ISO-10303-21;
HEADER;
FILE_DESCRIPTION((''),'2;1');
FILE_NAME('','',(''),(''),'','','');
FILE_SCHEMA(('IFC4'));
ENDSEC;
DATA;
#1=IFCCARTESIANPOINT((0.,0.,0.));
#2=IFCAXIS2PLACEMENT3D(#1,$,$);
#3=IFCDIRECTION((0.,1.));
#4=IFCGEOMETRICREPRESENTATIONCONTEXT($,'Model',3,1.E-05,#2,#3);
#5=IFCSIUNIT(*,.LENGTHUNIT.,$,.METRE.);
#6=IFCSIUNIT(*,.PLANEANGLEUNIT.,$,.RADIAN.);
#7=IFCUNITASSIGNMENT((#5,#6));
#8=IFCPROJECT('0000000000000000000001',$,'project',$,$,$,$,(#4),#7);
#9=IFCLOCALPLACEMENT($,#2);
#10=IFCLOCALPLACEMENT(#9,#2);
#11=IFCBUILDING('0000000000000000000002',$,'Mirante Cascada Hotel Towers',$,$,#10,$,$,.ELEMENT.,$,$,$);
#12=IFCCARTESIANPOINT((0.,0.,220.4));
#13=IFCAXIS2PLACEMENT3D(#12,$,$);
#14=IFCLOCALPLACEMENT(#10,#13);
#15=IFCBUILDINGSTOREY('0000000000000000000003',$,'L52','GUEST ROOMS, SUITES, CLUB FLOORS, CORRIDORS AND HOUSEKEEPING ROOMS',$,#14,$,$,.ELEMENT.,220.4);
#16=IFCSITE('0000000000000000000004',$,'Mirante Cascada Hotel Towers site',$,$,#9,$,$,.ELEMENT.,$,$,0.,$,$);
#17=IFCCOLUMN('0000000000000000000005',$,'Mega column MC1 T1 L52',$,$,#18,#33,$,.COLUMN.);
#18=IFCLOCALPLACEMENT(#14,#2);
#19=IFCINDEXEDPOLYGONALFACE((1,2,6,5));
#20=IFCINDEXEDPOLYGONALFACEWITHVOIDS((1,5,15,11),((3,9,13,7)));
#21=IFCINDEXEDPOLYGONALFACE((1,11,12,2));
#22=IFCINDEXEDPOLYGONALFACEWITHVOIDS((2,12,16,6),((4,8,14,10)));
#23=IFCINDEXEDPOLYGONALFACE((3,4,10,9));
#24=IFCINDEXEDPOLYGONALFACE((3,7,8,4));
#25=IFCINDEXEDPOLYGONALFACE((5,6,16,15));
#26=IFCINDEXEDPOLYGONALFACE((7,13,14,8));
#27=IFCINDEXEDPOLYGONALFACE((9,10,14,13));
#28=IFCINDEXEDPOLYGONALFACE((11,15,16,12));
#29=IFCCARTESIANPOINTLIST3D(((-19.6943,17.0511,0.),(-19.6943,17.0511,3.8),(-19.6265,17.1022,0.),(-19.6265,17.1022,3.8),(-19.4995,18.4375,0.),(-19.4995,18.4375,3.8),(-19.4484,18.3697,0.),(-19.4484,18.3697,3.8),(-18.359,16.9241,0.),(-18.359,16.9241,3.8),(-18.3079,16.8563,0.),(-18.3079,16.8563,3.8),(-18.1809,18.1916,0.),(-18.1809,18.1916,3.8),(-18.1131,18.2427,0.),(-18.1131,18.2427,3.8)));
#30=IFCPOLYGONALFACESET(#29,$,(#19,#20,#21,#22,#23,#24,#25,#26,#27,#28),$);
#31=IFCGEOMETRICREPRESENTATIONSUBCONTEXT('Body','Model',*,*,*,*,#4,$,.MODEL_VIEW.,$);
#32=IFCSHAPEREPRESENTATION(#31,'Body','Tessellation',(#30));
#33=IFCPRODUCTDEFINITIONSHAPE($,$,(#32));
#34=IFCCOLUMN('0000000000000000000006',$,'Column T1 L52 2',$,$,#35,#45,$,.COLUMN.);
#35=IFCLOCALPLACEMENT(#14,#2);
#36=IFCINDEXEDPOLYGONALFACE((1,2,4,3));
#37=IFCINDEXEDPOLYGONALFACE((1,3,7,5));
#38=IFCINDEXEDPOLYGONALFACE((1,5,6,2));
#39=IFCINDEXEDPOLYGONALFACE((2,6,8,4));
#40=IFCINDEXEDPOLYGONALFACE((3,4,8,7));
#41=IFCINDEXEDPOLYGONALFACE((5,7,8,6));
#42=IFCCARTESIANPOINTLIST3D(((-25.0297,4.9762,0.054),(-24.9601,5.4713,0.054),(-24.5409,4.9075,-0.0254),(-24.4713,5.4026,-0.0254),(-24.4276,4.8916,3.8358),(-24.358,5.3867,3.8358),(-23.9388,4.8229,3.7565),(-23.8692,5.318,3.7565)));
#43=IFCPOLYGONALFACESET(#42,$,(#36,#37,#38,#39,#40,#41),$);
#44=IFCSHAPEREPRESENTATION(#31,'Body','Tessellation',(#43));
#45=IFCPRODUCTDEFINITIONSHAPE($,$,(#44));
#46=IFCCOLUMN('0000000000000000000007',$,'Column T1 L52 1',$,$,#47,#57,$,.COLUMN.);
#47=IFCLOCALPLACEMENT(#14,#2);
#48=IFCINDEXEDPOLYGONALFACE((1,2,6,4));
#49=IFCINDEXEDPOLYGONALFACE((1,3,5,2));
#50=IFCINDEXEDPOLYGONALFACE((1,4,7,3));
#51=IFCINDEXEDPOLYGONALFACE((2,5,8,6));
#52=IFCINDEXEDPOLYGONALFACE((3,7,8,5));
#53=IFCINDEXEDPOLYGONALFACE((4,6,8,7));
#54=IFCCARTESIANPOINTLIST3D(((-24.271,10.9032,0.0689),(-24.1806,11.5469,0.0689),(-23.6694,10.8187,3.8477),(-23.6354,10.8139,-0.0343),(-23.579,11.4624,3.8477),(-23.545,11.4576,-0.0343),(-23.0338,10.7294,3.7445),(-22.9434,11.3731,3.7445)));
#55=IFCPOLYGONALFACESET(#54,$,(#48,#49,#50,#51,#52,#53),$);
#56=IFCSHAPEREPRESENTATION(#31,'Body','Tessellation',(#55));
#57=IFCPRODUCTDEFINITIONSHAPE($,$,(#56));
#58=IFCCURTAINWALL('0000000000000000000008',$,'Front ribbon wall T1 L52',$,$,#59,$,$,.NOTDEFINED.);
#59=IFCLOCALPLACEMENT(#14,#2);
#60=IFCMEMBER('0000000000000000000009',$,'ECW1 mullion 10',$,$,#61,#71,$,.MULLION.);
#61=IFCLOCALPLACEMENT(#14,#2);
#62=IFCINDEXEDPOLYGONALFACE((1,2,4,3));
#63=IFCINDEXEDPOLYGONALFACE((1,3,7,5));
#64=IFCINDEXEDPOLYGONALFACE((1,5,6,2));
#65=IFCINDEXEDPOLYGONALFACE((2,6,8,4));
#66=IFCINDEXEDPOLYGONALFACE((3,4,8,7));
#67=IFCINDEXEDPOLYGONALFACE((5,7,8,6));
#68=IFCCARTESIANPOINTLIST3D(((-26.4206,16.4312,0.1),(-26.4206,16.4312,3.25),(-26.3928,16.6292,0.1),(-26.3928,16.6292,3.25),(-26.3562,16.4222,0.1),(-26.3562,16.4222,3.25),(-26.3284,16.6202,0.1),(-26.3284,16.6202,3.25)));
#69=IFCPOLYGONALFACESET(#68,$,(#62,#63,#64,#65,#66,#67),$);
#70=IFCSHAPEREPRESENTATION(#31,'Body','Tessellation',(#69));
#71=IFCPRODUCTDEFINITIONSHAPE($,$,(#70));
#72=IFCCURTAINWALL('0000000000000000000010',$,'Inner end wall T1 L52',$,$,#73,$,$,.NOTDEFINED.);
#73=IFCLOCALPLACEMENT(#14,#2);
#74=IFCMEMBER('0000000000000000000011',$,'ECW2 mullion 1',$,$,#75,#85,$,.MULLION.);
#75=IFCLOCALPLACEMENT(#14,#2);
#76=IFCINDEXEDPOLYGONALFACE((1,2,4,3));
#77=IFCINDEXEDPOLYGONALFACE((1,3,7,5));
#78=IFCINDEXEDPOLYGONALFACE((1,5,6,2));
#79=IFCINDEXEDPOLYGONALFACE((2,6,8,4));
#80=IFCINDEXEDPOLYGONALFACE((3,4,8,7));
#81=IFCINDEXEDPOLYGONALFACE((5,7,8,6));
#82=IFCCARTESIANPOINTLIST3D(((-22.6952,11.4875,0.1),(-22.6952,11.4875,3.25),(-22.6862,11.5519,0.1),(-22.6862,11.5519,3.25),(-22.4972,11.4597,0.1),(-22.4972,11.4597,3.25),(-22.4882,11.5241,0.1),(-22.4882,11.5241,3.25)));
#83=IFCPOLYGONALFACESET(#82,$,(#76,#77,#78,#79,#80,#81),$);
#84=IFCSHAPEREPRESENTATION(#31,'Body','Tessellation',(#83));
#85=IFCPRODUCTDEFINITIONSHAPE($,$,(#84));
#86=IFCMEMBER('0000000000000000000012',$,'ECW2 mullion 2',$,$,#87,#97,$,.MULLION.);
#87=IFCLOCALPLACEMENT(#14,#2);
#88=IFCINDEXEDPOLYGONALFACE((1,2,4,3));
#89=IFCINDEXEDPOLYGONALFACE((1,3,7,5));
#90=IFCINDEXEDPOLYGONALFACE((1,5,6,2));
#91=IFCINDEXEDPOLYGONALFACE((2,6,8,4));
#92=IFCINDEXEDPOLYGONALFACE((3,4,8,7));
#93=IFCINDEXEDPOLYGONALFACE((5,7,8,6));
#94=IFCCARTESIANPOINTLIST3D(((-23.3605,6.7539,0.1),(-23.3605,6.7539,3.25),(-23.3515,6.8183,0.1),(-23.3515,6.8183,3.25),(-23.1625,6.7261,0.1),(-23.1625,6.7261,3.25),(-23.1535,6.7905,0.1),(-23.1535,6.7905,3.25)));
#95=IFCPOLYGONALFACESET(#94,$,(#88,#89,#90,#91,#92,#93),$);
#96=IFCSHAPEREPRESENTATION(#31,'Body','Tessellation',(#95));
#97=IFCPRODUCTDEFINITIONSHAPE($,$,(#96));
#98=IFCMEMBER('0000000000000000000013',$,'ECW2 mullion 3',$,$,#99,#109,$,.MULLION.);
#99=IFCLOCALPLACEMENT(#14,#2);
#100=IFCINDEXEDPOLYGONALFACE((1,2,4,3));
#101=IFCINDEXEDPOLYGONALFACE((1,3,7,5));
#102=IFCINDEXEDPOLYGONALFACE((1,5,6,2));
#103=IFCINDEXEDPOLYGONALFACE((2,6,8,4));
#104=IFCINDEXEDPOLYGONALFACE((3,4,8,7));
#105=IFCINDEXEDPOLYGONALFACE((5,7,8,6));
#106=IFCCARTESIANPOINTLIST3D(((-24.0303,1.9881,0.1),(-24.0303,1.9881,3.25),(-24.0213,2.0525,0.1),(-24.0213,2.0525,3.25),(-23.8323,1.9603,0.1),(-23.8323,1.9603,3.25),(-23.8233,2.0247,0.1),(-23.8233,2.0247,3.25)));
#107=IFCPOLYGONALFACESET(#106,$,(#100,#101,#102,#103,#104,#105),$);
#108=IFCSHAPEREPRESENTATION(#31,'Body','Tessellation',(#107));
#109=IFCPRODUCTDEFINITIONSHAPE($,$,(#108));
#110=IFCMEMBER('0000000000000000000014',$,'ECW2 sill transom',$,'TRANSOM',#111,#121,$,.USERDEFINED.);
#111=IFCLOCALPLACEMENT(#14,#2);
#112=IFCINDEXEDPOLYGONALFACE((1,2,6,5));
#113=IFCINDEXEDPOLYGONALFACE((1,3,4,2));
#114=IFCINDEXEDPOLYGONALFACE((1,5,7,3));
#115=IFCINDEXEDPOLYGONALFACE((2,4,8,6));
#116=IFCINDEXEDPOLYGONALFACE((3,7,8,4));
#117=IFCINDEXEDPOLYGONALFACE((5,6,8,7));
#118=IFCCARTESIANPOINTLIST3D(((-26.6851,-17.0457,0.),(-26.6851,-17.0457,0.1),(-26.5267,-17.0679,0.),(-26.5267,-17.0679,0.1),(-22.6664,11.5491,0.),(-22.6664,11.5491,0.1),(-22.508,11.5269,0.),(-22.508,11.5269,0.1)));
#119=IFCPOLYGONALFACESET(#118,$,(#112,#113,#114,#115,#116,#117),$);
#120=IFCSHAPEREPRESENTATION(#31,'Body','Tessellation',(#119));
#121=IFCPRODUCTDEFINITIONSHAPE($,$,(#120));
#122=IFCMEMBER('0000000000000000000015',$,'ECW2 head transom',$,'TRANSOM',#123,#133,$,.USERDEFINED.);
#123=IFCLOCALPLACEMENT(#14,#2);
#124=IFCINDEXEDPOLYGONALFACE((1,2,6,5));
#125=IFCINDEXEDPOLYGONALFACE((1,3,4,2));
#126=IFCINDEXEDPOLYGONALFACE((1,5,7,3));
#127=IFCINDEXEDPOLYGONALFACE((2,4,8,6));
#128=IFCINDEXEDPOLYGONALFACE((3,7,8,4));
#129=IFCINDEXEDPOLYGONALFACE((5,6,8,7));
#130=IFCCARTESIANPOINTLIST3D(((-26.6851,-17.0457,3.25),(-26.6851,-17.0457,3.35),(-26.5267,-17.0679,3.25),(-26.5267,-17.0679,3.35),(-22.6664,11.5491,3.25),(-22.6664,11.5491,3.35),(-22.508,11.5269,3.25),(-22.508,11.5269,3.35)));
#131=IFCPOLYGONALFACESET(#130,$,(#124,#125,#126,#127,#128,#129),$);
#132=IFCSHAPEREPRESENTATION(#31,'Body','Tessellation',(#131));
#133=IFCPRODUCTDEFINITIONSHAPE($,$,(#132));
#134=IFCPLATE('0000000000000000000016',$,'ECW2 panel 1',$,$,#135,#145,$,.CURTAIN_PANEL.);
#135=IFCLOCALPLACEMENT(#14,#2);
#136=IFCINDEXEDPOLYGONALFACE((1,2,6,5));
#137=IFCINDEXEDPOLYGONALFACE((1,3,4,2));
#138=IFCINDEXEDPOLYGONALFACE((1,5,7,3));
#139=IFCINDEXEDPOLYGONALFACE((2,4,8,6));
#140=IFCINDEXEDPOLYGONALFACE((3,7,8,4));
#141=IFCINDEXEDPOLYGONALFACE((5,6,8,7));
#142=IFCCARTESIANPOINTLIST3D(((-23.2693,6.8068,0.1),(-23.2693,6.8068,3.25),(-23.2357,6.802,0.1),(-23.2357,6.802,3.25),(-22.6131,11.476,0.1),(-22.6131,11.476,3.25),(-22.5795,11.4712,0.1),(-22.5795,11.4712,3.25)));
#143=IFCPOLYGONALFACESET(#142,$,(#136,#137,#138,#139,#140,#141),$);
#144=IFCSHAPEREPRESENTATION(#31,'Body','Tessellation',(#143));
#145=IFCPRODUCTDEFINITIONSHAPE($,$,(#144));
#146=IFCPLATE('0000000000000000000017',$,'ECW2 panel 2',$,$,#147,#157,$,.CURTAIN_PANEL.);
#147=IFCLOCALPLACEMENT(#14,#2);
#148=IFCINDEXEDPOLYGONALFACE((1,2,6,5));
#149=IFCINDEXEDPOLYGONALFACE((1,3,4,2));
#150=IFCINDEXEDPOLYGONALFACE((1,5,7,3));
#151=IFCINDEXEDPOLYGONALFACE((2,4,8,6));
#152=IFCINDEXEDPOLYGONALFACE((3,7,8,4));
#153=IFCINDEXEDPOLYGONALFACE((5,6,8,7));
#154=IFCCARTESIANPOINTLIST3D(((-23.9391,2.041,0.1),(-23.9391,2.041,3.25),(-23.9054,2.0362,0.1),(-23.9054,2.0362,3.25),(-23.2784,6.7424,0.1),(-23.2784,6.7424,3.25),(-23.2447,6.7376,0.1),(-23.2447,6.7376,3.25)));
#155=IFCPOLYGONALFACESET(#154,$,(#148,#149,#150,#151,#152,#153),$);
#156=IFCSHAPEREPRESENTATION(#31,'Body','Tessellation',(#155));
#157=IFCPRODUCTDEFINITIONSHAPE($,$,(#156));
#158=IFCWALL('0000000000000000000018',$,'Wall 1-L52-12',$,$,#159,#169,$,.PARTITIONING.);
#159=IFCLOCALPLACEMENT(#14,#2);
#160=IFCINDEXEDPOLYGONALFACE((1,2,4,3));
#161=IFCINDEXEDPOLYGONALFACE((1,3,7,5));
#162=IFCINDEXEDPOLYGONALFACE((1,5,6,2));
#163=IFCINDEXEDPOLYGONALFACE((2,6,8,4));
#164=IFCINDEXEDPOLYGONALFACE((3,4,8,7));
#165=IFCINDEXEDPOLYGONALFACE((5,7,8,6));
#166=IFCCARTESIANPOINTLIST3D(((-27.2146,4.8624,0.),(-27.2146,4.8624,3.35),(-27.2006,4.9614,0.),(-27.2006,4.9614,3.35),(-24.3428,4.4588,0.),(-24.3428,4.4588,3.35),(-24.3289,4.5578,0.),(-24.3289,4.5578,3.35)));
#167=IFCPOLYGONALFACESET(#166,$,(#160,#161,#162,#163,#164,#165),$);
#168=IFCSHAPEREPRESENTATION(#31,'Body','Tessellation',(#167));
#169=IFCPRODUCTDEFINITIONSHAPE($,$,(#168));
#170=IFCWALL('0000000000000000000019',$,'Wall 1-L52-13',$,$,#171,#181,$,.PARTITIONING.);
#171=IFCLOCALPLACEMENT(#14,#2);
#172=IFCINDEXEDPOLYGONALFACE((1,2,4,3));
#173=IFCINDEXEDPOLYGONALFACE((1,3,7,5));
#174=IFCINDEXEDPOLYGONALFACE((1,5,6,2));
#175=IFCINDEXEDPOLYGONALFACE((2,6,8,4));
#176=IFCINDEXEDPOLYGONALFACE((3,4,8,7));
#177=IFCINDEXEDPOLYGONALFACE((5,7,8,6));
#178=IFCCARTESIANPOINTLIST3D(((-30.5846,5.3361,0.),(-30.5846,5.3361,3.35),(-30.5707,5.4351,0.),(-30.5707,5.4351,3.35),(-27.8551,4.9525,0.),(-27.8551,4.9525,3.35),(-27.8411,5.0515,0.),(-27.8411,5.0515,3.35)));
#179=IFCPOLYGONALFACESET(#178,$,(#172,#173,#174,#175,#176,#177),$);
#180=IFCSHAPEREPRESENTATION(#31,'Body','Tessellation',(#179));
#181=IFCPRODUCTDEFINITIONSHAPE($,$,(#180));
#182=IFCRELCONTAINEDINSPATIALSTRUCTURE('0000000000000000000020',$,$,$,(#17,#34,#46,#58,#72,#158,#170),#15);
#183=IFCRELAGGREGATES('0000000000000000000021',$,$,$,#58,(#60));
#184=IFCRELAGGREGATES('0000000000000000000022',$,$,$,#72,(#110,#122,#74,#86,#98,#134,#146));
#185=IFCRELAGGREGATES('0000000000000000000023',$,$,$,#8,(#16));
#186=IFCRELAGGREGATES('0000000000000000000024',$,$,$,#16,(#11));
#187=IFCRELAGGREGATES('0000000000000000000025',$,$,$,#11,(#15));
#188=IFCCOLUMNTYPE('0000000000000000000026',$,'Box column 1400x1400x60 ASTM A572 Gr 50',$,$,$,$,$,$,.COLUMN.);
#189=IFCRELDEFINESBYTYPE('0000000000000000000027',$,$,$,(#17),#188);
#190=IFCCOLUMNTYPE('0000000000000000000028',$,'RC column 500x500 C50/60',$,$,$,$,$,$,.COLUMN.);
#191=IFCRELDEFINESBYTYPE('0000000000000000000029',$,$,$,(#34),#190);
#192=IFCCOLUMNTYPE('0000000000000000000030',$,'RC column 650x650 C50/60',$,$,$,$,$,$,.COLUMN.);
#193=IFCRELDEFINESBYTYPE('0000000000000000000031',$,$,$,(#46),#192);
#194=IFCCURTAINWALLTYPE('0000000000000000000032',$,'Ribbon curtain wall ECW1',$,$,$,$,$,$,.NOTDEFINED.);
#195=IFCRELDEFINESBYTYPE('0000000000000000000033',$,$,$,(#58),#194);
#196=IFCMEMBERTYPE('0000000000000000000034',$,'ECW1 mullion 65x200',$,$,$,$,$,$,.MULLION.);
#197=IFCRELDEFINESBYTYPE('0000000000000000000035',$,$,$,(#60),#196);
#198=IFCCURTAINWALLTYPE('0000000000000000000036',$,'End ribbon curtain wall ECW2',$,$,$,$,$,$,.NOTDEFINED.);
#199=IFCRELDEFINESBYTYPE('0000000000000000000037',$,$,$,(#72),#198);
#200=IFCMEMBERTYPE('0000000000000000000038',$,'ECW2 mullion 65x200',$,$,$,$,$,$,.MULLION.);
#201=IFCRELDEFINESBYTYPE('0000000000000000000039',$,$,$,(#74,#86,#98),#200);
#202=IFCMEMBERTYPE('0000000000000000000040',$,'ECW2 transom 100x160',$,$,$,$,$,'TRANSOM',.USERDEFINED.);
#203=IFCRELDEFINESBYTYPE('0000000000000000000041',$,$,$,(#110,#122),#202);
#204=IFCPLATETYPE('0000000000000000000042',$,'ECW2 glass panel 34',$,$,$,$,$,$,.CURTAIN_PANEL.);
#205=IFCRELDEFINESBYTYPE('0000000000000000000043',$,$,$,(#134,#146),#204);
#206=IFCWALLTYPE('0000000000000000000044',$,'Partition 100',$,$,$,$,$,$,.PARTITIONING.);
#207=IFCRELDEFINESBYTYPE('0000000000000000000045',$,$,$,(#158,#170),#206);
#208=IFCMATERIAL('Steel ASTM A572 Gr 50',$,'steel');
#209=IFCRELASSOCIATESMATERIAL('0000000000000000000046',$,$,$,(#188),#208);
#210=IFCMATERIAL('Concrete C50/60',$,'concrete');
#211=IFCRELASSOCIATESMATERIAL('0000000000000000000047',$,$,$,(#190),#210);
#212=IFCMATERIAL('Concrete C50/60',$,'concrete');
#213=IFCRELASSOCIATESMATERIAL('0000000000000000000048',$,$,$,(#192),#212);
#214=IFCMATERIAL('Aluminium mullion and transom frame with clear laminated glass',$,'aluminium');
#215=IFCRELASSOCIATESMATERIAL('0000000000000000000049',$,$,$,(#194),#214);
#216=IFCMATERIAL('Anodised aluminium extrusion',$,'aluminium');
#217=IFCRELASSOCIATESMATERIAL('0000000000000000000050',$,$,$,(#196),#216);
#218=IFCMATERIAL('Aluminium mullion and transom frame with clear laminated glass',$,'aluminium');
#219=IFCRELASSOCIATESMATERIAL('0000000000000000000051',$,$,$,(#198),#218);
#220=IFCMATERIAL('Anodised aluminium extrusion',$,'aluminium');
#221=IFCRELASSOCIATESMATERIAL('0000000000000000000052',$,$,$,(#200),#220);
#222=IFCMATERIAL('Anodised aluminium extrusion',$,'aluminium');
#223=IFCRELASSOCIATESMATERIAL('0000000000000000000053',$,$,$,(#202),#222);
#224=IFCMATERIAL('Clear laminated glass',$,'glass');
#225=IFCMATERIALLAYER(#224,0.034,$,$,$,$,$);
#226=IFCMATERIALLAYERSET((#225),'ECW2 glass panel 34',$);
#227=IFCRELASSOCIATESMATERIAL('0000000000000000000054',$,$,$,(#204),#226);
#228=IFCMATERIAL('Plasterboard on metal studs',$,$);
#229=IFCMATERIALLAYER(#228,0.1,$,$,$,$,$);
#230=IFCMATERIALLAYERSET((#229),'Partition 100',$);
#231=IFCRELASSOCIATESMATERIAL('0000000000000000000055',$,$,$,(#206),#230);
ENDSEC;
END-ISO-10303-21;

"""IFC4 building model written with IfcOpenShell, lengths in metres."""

from ifc_helpers import new_model, si_unit, direction, frame, frame_2d, origin, origin_2d, place, context, subcontext, project, spatial, rectangle, hollow_rectangle, extrude, material, layer, layer_set, material_profile, profile_set, type_object, element, aggregate, save


model = new_model("IFC4")

# Units and contexts
model_context = context("Model", 3, precision=1e-05, world=origin(), true_north=direction((0.0, 1.0)))
body_context = subcontext(model_context, "Body", "Model", "MODEL_VIEW")
ifc_project = project(units=[si_unit("LENGTHUNIT", "METRE"), si_unit("PLANEANGLEUNIT", "RADIAN")], contexts=[model_context])

# Site, building, storey
site_placement = place(None, origin())
site = spatial("IfcSite", under=ifc_project, at=site_placement, Name="Mirante Cascada Hotel Towers site", CompositionType="ELEMENT", RefElevation=0.0)
building_placement = place(site_placement, origin())
building = spatial("IfcBuilding", under=site, at=building_placement, Name="Mirante Cascada Hotel Towers", CompositionType="ELEMENT")
storey_placement = place(building_placement, frame((0.0, 0.0, 220.4)))
storey = spatial("IfcBuildingStorey", under=building, at=storey_placement, Name="L52", Description="GUEST ROOMS, SUITES, CLUB FLOORS, CORRIDORS AND HOUSEKEEPING ROOMS", CompositionType="ELEMENT", Elevation=220.4)

# Columns
ifc_material_1 = material(Name="Steel ASTM A572 Gr 50", Category="steel")
ifc_material_profile_1 = material_profile(ifc_material_1, hollow_rectangle(XDim=1.4, YDim=1.4, WallThickness=0.06, at=origin_2d()), Name="Box column 1400x1400x60 ASTM A572 Gr 50")
ifc_profile_set_1 = profile_set([ifc_material_profile_1], Name="Steel ASTM A572 Gr 50")
column_type_1 = type_object("IfcColumnType", Name="Box column 1400x1400x60 ASTM A572 Gr 50", PredefinedType="COLUMN", material=ifc_profile_set_1)
column_1_placement = place(storey_placement, frame((-18.9037, 17.6469, 0.0), z_axis=(0.0, 0.0, 1.0), x_axis=(-0.990268, 0.139173, 0.0)))
element("IfcColumn", 1, at=column_1_placement, inside=storey, type_object=column_type_1, Name="Mega column MC1 T1 L52", PredefinedType="COLUMN", context=body_context, shape_type="SweptSolid", body=[
    extrude(hollow_rectangle(XDim=1.4, YDim=1.4, WallThickness=0.06, at=origin_2d()), origin(), (0.0, 0.0, 1.0), 3.8),
])
ifc_material_2 = material(Name="Concrete C50/60", Category="concrete")
ifc_material_profile_2 = material_profile(ifc_material_2, rectangle(XDim=0.5, YDim=0.5, at=origin_2d()), Name="RC column 500x500 C50/60")
ifc_profile_set_2 = profile_set([ifc_material_profile_2], Name="Concrete C50/60")
column_type_2 = type_object("IfcColumnType", Name="RC column 500x500 C50/60", PredefinedType="COLUMN", material=ifc_profile_set_2)
column_2_placement = place(storey_placement, frame((-24.7505, 5.1894, 0.0143), z_axis=(0.157191, -0.022087, 0.987321), x_axis=(0.139141, 0.990272, 0.0)))
element("IfcColumn", 2, at=column_2_placement, inside=storey, type_object=column_type_2, Name="Column T1 L52 2", PredefinedType="COLUMN", context=body_context, shape_type="SweptSolid", body=[
    extrude(rectangle(XDim=0.5, YDim=0.5, at=origin_2d()), origin(), (0.0, 0.0, 1.0), 3.8304),
])
ifc_material_3 = material(Name="Concrete C50/60", Category="concrete")
ifc_material_profile_3 = material_profile(ifc_material_3, rectangle(XDim=0.65, YDim=0.65, at=origin_2d()), Name="RC column 650x650 C50/60")
ifc_profile_set_3 = profile_set([ifc_material_profile_3], Name="Concrete C50/60")
column_type_3 = type_object("IfcColumnType", Name="RC column 650x650 C50/60", PredefinedType="COLUMN", material=ifc_profile_set_3)
column_3_placement = place(storey_placement, frame((-23.908, 11.1804, 0.0173), z_axis=(0.157186, -0.022078, 0.987322), x_axis=(0.139093, 0.990279, 0.0)))
element("IfcColumn", 3, at=column_3_placement, inside=storey, type_object=column_type_3, Name="Column T1 L52 1", PredefinedType="COLUMN", context=body_context, shape_type="SweptSolid", body=[
    extrude(rectangle(XDim=0.65, YDim=0.65, at=origin_2d()), origin(), (0.0, 0.0, 1.0), 3.8273),
])

# Curtain wall, member
ifc_material_4 = material(Name="Aluminium mullion and transom frame with clear laminated glass", Category="aluminium")
curtain_wall_type_1 = type_object("IfcCurtainWallType", Name="Ribbon curtain wall ECW1", PredefinedType="NOTDEFINED", material=ifc_material_4)
curtain_wall_1_placement = place(storey_placement, origin())
curtain_wall_1 = element("IfcCurtainWall", 4, at=curtain_wall_1_placement, inside=storey, type_object=curtain_wall_type_1, Name="Front ribbon wall T1 L52", PredefinedType="NOTDEFINED")
ifc_material_5 = material(Name="Anodised aluminium extrusion", Category="aluminium")
ifc_material_profile_4 = material_profile(ifc_material_5, rectangle(XDim=0.2, YDim=0.065, at=origin_2d()), Name="ECW1 MULLION 65x200")
ifc_profile_set_4 = profile_set([ifc_material_profile_4], Name="Anodised aluminium extrusion")
member_type_1 = type_object("IfcMemberType", Name="ECW1 mullion 65x200", PredefinedType="MULLION", material=ifc_profile_set_4)
member_1_placement = place(storey_placement, frame((-26.3745, 16.5257, 0.1), z_axis=(0.0, 0.0, 1.0), x_axis=(0.139173, 0.990268, 0.0)))
member_1 = element("IfcMember", 5, at=member_1_placement, type_object=member_type_1, Name="ECW1 mullion 10", PredefinedType="MULLION", context=body_context, shape_type="SweptSolid", body=[
    extrude(rectangle(XDim=0.2, YDim=0.065, at=origin_2d()), origin(), (0.0, 0.0, 1.0), 3.15),
])
aggregate(curtain_wall_1, [member_1])

# Curtain wall, members, plates
ifc_material_6 = material(Name="Aluminium mullion and transom frame with clear laminated glass", Category="aluminium")
curtain_wall_type_2 = type_object("IfcCurtainWallType", Name="End ribbon curtain wall ECW2", PredefinedType="NOTDEFINED", material=ifc_material_6)
curtain_wall_2_placement = place(storey_placement, origin())
curtain_wall_2 = element("IfcCurtainWall", 6, at=curtain_wall_2_placement, inside=storey, type_object=curtain_wall_type_2, Name="Inner end wall T1 L52", PredefinedType="NOTDEFINED")
ifc_material_7 = material(Name="Anodised aluminium extrusion", Category="aluminium")
ifc_material_profile_5 = material_profile(ifc_material_7, rectangle(XDim=0.2, YDim=0.065, at=origin_2d()), Name="ECW2 MULLION 65x200")
ifc_profile_set_5 = profile_set([ifc_material_profile_5], Name="Anodised aluminium extrusion")
member_type_2 = type_object("IfcMemberType", Name="ECW2 mullion 65x200", PredefinedType="MULLION", material=ifc_profile_set_5)
member_2_placement = place(storey_placement, frame((-22.5917, 11.5058, 0.1), z_axis=(0.0, 0.0, 1.0), x_axis=(0.990268, -0.139173, 0.0)))
member_2 = element("IfcMember", 7, at=member_2_placement, type_object=member_type_2, Name="ECW2 mullion 1", PredefinedType="MULLION", context=body_context, shape_type="SweptSolid", body=[
    extrude(rectangle(XDim=0.2, YDim=0.065, at=origin_2d()), origin(), (0.0, 0.0, 1.0), 3.15),
])
member_3_placement = place(storey_placement, frame((-23.257, 6.7722, 0.1), z_axis=(0.0, 0.0, 1.0), x_axis=(0.990268, -0.139173, 0.0)))
member_3 = element("IfcMember", 8, at=member_3_placement, type_object=member_type_2, Name="ECW2 mullion 2", PredefinedType="MULLION", context=body_context, shape_type="SweptSolid", body=[
    extrude(rectangle(XDim=0.2, YDim=0.065, at=origin_2d()), origin(), (0.0, 0.0, 1.0), 3.15),
])
member_4_placement = place(storey_placement, frame((-23.9268, 2.0064, 0.1), z_axis=(0.0, 0.0, 1.0), x_axis=(0.990268, -0.139173, 0.0)))
member_4 = element("IfcMember", 9, at=member_4_placement, type_object=member_type_2, Name="ECW2 mullion 3", PredefinedType="MULLION", context=body_context, shape_type="SweptSolid", body=[
    extrude(rectangle(XDim=0.2, YDim=0.065, at=origin_2d()), origin(), (0.0, 0.0, 1.0), 3.15),
])
ifc_material_8 = material(Name="Anodised aluminium extrusion", Category="aluminium")
ifc_material_profile_6 = material_profile(ifc_material_8, rectangle(XDim=0.16, YDim=0.1, at=origin_2d()), Name="ECW2 TRANSOM 100x160")
ifc_profile_set_6 = profile_set([ifc_material_profile_6], Name="Anodised aluminium extrusion")
member_type_3 = type_object("IfcMemberType", Name="ECW2 transom 100x160", ElementType="TRANSOM", PredefinedType="USERDEFINED", material=ifc_profile_set_6)
member_5_placement = place(storey_placement, frame((-22.5872, 11.538, 0.05), z_axis=(-0.139172, -0.990268, 0.0), x_axis=(0.990268, -0.139172, 0.0)))
member_5 = element("IfcMember", 10, at=member_5_placement, type_object=member_type_3, Name="ECW2 sill transom", ObjectType="TRANSOM", PredefinedType="USERDEFINED", context=body_context, shape_type="SweptSolid", body=[
    extrude(rectangle(XDim=0.16, YDim=0.1, at=origin_2d()), origin(), (0.0, 0.0, 1.0), 28.8758),
])
member_6_placement = place(storey_placement, frame((-22.5872, 11.538, 3.3), z_axis=(-0.139172, -0.990268, 0.0), x_axis=(0.990268, -0.139172, 0.0)))
member_6 = element("IfcMember", 11, at=member_6_placement, type_object=member_type_3, Name="ECW2 head transom", ObjectType="TRANSOM", PredefinedType="USERDEFINED", context=body_context, shape_type="SweptSolid", body=[
    extrude(rectangle(XDim=0.16, YDim=0.1, at=origin_2d()), origin(), (0.0, 0.0, 1.0), 28.8758),
])
ifc_material_9 = material(Name="Clear laminated glass", Category="glass")
ifc_layer_1 = layer(ifc_material_9, 0.034)
ifc_layer_set_1 = layer_set([ifc_layer_1], Name="ECW2 glass panel 34")
plate_type = type_object("IfcPlateType", Name="ECW2 glass panel 34", PredefinedType="CURTAIN_PANEL", material=ifc_layer_set_1)
plate_1_placement = place(storey_placement, frame((-22.9244, 9.139, 0.1), z_axis=(0.0, 0.0, 1.0), x_axis=(-0.139173, -0.990268, 0.0)))
plate_1 = element("IfcPlate", 12, at=plate_1_placement, type_object=plate_type, Name="ECW2 panel 1", PredefinedType="CURTAIN_PANEL", context=body_context, shape_type="SweptSolid", body=[
    extrude(rectangle(XDim=4.7151, YDim=0.034, at=origin_2d()), origin(), (0.0, 0.0, 1.0), 3.15),
])
plate_2_placement = place(storey_placement, frame((-23.5919, 4.3893, 0.1), z_axis=(0.0, 0.0, 1.0), x_axis=(-0.139173, -0.990268, 0.0)))
plate_2 = element("IfcPlate", 13, at=plate_2_placement, type_object=plate_type, Name="ECW2 panel 2", PredefinedType="CURTAIN_PANEL", context=body_context, shape_type="SweptSolid", body=[
    extrude(rectangle(XDim=4.7476, YDim=0.034, at=origin_2d()), origin(), (0.0, 0.0, 1.0), 3.15),
])
aggregate(curtain_wall_2, [member_5, member_6, member_2, member_3, member_4, plate_1, plate_2])

# Walls
ifc_material_10 = material(Name="Plasterboard on metal studs")
ifc_layer_2 = layer(ifc_material_10, 0.1)
ifc_layer_set_2 = layer_set([ifc_layer_2], Name="Partition 100")
wall_type_1 = type_object("IfcWallType", Name="Partition 100", PredefinedType="PARTITIONING", material=ifc_layer_set_2)
wall_1_placement = place(storey_placement, frame((-27.2076, 4.9119, 0.0), z_axis=(0.0, 0.0, 1.0), x_axis=(0.990268, -0.139171, 0.0)))
element("IfcWall", 14, at=wall_1_placement, inside=storey, type_object=wall_type_1, Name="Wall 1-L52-12", PredefinedType="PARTITIONING", context=body_context, shape_type="SweptSolid", body=[
    extrude(rectangle(XDim=2.9, YDim=0.1, at=frame_2d((1.45, 0.0))), origin(), (0.0, 0.0, 1.0), 3.35),
])
wall_2_placement = place(storey_placement, frame((-27.8481, 5.002, 0.0), z_axis=(0.0, 0.0, 1.0), x_axis=(-0.990269, 0.139166, 0.0)))
element("IfcWall", 15, at=wall_2_placement, inside=storey, type_object=wall_type_1, Name="Wall 1-L52-13", PredefinedType="PARTITIONING", context=body_context, shape_type="SweptSolid", body=[
    extrude(rectangle(XDim=2.7564, YDim=0.1, at=frame_2d((1.3782, 0.0))), origin(), (0.0, 0.0, 1.0), 3.35),
])

save(model, "model.ifc")
